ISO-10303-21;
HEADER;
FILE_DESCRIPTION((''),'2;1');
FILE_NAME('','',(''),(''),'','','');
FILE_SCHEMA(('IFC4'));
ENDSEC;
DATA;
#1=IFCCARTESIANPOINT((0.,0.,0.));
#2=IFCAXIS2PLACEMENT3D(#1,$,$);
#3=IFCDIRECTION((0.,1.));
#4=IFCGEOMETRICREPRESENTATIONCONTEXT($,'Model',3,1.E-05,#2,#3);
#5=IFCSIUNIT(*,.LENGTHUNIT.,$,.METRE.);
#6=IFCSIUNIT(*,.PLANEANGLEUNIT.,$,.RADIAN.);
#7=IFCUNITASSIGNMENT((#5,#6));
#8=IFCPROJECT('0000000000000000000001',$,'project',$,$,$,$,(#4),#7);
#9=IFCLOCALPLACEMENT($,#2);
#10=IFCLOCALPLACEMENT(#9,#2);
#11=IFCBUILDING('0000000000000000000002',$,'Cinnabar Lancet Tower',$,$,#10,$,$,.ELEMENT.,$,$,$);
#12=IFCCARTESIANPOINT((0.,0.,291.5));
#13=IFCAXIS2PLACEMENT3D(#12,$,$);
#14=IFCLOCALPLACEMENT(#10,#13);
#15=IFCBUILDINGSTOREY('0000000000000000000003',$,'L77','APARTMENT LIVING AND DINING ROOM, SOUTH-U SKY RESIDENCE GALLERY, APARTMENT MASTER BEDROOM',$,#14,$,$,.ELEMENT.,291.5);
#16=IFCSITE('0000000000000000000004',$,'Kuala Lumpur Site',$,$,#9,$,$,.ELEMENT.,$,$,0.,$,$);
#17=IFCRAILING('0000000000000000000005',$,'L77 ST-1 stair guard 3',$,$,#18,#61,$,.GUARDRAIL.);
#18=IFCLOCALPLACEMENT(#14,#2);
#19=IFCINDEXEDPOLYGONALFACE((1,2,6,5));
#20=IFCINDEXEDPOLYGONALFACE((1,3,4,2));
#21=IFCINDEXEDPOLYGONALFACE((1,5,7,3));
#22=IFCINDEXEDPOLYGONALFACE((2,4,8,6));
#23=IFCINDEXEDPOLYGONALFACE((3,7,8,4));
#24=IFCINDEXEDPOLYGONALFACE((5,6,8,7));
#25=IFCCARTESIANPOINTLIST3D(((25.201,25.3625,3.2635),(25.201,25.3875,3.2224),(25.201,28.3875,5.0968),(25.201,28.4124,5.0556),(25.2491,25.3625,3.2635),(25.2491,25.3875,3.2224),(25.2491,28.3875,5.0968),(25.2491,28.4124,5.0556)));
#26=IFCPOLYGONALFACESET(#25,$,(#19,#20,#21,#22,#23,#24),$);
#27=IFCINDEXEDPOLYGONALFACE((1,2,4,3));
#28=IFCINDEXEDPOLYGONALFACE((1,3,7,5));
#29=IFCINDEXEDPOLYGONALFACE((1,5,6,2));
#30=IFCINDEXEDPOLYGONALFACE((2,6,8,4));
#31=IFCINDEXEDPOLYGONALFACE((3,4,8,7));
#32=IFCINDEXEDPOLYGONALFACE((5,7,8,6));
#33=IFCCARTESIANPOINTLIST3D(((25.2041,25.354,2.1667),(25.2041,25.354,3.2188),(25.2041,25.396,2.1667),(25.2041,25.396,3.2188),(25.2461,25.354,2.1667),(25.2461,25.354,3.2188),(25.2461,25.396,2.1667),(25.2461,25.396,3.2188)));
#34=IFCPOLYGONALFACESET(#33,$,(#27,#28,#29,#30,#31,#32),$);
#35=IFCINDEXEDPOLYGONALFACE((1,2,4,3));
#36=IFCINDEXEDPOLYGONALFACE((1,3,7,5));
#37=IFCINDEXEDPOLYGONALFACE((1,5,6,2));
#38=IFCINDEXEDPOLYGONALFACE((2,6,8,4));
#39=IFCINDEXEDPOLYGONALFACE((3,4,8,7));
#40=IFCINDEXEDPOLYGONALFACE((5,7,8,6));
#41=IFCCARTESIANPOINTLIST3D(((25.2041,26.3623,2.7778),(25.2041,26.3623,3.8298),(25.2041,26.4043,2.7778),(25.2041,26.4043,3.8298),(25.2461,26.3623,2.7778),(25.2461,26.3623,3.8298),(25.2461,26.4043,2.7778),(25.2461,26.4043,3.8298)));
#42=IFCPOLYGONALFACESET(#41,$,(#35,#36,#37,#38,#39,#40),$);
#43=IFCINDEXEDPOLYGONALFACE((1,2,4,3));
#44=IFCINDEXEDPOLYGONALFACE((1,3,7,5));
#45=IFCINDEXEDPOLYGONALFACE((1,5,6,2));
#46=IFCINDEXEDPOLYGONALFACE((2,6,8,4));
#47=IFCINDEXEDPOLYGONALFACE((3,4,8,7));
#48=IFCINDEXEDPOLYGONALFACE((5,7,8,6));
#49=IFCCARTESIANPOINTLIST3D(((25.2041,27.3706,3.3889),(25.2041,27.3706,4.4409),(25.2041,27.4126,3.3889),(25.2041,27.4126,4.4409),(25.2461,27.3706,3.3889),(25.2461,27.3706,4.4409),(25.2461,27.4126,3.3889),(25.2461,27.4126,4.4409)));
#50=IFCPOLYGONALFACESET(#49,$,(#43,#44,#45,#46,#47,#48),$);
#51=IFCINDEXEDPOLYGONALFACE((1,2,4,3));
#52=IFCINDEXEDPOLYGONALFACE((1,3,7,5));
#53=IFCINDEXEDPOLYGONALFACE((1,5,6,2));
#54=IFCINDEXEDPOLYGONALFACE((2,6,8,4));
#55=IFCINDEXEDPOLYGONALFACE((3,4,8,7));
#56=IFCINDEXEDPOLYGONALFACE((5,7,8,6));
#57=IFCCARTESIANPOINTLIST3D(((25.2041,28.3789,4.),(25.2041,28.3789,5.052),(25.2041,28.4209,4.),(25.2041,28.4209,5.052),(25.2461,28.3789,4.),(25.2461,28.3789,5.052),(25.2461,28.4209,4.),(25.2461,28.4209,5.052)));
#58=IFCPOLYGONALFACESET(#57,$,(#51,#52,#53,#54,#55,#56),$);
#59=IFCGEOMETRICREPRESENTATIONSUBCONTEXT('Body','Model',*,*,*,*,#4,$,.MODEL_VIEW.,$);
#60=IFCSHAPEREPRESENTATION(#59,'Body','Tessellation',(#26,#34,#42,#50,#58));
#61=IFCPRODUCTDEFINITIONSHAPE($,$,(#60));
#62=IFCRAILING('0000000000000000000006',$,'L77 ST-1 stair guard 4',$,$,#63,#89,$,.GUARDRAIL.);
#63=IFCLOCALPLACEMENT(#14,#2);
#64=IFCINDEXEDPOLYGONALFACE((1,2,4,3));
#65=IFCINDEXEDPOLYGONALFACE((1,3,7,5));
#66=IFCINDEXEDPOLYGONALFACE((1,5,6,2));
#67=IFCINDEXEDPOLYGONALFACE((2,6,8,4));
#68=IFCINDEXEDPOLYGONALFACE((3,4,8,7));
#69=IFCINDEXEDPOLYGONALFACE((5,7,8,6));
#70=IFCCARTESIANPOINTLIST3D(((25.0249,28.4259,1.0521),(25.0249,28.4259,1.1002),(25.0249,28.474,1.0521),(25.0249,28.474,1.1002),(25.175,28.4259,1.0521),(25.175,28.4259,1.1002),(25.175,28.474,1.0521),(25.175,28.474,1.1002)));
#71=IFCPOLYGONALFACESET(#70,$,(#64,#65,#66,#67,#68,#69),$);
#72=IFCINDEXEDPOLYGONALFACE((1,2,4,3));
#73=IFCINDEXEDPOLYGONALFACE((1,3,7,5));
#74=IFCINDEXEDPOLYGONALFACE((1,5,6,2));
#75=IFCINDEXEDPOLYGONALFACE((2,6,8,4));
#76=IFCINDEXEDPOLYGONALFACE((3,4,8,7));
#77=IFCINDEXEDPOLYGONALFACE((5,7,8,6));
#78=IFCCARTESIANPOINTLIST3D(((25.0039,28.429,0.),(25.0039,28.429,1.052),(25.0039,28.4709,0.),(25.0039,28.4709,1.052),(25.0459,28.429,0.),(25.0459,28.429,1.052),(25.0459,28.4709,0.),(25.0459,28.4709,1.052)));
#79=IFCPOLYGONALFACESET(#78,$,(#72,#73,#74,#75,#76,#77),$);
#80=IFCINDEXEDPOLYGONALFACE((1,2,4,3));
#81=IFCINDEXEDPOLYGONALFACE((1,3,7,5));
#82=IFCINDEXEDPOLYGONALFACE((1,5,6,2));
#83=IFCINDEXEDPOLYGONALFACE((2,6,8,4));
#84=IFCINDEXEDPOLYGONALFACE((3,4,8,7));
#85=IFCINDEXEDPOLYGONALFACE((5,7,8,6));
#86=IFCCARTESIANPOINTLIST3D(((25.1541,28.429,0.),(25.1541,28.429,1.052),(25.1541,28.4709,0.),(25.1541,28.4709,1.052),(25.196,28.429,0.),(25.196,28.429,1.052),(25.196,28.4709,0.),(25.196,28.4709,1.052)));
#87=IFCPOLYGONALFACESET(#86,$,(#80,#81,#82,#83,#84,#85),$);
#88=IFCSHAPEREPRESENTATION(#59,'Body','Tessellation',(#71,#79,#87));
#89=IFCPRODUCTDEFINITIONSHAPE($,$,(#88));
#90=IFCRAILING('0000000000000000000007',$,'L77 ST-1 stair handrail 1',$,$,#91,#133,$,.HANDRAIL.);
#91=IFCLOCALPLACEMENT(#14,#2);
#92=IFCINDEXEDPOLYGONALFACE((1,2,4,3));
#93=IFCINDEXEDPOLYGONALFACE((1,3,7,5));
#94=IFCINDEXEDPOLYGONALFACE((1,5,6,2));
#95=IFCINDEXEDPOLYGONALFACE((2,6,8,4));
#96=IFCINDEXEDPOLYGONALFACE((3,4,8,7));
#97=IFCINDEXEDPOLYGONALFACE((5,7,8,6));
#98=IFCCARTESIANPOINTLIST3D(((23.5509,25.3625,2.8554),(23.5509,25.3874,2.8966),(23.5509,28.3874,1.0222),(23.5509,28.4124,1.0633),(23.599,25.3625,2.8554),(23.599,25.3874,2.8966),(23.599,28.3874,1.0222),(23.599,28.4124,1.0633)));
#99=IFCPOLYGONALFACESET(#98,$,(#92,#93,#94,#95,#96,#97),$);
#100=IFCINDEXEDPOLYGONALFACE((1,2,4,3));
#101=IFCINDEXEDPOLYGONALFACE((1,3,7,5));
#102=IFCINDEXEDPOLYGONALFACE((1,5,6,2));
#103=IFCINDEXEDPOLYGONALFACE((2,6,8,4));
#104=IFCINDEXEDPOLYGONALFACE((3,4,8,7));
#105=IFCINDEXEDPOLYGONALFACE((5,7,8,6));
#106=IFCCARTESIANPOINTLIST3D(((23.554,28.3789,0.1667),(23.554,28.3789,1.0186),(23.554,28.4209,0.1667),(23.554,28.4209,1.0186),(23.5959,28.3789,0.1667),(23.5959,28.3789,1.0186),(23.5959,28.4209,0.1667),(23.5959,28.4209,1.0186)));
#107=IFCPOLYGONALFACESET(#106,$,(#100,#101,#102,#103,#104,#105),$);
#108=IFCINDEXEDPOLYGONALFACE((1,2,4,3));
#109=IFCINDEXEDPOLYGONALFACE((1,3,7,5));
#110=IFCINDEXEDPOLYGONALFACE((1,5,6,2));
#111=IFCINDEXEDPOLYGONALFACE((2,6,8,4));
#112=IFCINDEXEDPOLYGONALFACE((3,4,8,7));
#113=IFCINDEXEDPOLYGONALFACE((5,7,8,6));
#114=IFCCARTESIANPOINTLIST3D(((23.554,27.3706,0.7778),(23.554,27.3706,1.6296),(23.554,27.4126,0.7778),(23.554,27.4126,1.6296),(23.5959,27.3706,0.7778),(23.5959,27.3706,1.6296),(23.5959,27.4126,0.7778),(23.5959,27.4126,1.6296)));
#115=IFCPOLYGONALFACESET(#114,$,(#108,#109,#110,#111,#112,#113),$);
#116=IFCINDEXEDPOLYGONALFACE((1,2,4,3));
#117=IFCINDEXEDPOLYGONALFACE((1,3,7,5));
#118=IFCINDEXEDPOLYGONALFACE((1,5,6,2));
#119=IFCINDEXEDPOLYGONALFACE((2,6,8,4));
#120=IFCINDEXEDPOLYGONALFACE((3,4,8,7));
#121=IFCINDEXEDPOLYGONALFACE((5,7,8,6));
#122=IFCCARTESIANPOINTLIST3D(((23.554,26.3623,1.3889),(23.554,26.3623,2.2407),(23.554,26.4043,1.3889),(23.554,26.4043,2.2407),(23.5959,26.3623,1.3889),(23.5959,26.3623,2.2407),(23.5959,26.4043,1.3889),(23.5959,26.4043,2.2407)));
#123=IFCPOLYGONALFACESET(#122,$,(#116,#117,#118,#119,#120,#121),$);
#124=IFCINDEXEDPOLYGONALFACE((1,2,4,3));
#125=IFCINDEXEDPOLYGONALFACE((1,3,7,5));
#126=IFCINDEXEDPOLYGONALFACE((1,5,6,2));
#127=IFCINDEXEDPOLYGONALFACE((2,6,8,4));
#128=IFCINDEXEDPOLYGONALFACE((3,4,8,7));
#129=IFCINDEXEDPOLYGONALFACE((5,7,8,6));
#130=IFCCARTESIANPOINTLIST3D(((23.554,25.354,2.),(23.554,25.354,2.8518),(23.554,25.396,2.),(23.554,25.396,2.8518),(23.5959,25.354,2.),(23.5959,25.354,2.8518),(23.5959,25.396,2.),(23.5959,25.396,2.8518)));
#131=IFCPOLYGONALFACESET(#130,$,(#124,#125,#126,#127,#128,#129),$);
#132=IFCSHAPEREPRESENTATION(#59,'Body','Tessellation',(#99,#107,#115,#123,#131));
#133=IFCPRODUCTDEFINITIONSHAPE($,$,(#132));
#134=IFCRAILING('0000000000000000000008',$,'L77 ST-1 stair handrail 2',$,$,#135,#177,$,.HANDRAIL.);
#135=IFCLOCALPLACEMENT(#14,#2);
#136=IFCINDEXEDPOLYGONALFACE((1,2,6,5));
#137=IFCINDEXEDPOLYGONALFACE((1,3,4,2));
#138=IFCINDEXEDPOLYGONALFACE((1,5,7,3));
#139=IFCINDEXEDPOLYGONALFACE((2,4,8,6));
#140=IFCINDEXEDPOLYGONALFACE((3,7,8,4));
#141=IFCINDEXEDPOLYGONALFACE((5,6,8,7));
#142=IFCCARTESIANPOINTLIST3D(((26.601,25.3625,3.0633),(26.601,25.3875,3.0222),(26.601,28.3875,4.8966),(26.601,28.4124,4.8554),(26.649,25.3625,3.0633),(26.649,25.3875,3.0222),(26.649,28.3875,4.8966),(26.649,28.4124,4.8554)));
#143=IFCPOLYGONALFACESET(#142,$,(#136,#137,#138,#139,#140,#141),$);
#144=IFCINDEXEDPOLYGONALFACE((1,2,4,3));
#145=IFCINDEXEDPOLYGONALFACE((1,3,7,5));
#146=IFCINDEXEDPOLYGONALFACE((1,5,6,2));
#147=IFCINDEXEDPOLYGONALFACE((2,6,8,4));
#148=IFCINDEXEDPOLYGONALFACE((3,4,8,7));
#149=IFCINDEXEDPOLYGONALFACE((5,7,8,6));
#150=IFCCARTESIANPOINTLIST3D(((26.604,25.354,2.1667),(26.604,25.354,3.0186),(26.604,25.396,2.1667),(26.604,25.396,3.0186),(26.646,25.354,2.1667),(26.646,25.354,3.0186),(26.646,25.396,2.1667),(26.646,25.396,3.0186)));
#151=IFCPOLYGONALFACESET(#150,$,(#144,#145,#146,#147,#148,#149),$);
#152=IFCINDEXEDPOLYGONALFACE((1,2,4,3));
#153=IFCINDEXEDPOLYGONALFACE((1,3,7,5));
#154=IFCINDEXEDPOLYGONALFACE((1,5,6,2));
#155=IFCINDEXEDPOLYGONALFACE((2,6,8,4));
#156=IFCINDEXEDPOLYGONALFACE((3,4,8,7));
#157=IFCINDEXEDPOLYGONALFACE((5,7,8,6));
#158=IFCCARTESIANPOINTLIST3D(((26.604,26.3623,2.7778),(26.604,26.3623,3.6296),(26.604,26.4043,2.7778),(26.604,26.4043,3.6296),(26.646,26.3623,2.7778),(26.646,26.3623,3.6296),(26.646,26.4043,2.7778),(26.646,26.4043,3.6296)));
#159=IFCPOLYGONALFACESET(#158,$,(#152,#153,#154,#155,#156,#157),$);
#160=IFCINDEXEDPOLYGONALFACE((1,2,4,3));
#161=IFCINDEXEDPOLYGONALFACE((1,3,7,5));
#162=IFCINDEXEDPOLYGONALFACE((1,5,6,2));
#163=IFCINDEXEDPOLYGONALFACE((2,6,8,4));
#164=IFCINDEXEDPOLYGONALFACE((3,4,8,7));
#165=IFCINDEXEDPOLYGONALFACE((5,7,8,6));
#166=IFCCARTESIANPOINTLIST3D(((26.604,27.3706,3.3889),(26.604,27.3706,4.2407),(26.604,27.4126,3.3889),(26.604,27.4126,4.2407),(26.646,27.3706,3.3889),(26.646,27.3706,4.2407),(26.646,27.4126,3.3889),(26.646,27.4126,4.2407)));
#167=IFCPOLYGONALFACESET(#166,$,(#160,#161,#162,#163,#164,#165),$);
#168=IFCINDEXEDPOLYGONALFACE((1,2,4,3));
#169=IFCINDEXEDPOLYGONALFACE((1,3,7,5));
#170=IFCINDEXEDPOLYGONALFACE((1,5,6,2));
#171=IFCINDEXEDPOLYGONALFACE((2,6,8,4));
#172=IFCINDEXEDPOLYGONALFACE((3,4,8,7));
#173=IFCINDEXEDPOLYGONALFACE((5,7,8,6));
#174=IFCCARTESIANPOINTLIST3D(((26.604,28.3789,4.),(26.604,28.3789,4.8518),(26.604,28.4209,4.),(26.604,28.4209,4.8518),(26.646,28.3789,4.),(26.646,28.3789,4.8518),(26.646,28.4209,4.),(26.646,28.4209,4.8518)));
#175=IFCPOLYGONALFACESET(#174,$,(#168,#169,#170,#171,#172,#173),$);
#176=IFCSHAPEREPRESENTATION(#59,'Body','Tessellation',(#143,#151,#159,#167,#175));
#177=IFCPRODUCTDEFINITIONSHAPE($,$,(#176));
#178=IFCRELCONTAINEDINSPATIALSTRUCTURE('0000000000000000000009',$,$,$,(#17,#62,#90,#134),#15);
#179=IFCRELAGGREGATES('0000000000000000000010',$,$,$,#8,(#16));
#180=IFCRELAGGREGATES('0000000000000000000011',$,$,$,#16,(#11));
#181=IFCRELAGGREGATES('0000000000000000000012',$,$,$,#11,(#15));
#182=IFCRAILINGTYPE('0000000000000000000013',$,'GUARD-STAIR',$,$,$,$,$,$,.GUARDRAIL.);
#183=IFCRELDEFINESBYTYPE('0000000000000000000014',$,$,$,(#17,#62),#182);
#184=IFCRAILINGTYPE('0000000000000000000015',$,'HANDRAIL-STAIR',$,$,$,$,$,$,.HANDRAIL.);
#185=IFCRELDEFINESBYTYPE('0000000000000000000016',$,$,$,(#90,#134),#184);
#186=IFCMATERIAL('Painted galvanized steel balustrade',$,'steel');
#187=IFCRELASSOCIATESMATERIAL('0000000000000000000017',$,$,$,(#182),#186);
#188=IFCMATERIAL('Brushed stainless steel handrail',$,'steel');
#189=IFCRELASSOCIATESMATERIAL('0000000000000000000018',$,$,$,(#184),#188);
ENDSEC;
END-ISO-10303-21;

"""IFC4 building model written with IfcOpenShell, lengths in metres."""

from ifc_helpers import new_model, si_unit, direction, frame, origin, origin_2d, place, context, subcontext, project, spatial, rectangle, extrude, material, type_object, element, save


model = new_model("IFC4")

# Units and contexts
model_context = context("Model", 3, precision=1e-05, world=origin(), true_north=direction((0.0, 1.0)))
body_context = subcontext(model_context, "Body", "Model", "MODEL_VIEW")
ifc_project = project(units=[si_unit("LENGTHUNIT", "METRE"), si_unit("PLANEANGLEUNIT", "RADIAN")], contexts=[model_context])

# Site, building, storey
site_placement = place(None, origin())
site = spatial("IfcSite", under=ifc_project, at=site_placement, Name="Kuala Lumpur Site", CompositionType="ELEMENT", RefElevation=0.0)
building_placement = place(site_placement, origin())
building = spatial("IfcBuilding", under=site, at=building_placement, Name="Cinnabar Lancet Tower", CompositionType="ELEMENT")
storey_placement = place(building_placement, frame((0.0, 0.0, 291.5)))
storey = spatial("IfcBuildingStorey", under=building, at=storey_placement, Name="L77", Description="APARTMENT LIVING AND DINING ROOM, SOUTH-U SKY RESIDENCE GALLERY, APARTMENT MASTER BEDROOM", CompositionType="ELEMENT", Elevation=291.5)

# Railings
ifc_material_1 = material(Name="Painted galvanized steel balustrade", Category="steel")
railing_type_1 = type_object("IfcRailingType", Name="GUARD-STAIR", PredefinedType="GUARDRAIL", material=ifc_material_1)
railing_1_placement = place(storey_placement, frame((25.2251, 25.375, 2.1667)))
element("IfcRailing", 1, at=railing_1_placement, inside=storey, type_object=railing_type_1, Name="L77 ST-1 stair guard 3", PredefinedType="GUARDRAIL", context=body_context, shape_type="SweptSolid", body=[
    extrude(rectangle(XDim=0.0481, YDim=0.0481, at=origin_2d()), frame((0.0, 0.0, 1.0762), z_axis=(0.0, 0.855201, 0.518297), x_axis=(-1.0, 0.0, 0.0)), (0.0, 0.0, 1.0), 3.5371),
    extrude(rectangle(XDim=0.042, YDim=0.042, at=origin_2d()), origin(), (0.0, 0.0, 1.0), 1.052),
    extrude(rectangle(XDim=0.042, YDim=0.042, at=origin_2d()), frame((0.0, 1.0083, 0.6111)), (0.0, 0.0, 1.0), 1.052),
    extrude(rectangle(XDim=0.042, YDim=0.042, at=origin_2d()), frame((0.0, 2.0166, 1.2222)), (0.0, 0.0, 1.0), 1.052),
    extrude(rectangle(XDim=0.042, YDim=0.042, at=origin_2d()), frame((0.0, 3.0249, 1.8333)), (0.0, 0.0, 1.0), 1.052),
])
railing_2_placement = place(storey_placement, frame((25.0249, 28.45, 0.0)))
element("IfcRailing", 2, at=railing_2_placement, inside=storey, type_object=railing_type_1, Name="L77 ST-1 stair guard 4", PredefinedType="GUARDRAIL", context=body_context, shape_type="SweptSolid", body=[
    extrude(rectangle(XDim=0.0481, YDim=0.0481, at=origin_2d()), frame((0.0, 0.0, 1.0762), z_axis=(1.0, 0.0, 0.0), x_axis=(0.0, 1.0, 0.0)), (0.0, 0.0, 1.0), 0.1501),
    extrude(rectangle(XDim=0.042, YDim=0.042, at=origin_2d()), origin(), (0.0, 0.0, 1.0), 1.052),
    extrude(rectangle(XDim=0.042, YDim=0.042, at=origin_2d()), frame((0.1501, 0.0, 0.0)), (0.0, 0.0, 1.0), 1.052),
])
ifc_material_2 = material(Name="Brushed stainless steel handrail", Category="steel")
railing_type_2 = type_object("IfcRailingType", Name="HANDRAIL-STAIR", PredefinedType="HANDRAIL", material=ifc_material_2)
railing_3_placement = place(storey_placement, frame((23.575, 28.3999, 0.1667)))
element("IfcRailing", 3, at=railing_3_placement, inside=storey, type_object=railing_type_2, Name="L77 ST-1 stair handrail 1", PredefinedType="HANDRAIL", context=body_context, shape_type="SweptSolid", body=[
    extrude(rectangle(XDim=0.0481, YDim=0.0481, at=origin_2d()), frame((0.0, 0.0, 0.876), z_axis=(0.0, -0.855201, 0.518297), x_axis=(1.0, 0.0, 0.0)), (0.0, 0.0, 1.0), 3.5371),
    extrude(rectangle(XDim=0.042, YDim=0.042, at=origin_2d()), origin(), (0.0, 0.0, 1.0), 0.8518),
    extrude(rectangle(XDim=0.042, YDim=0.042, at=origin_2d()), frame((0.0, -1.0083, 0.6111)), (0.0, 0.0, 1.0), 0.8518),
    extrude(rectangle(XDim=0.042, YDim=0.042, at=origin_2d()), frame((0.0, -2.0166, 1.2222)), (0.0, 0.0, 1.0), 0.8518),
    extrude(rectangle(XDim=0.042, YDim=0.042, at=origin_2d()), frame((0.0, -3.0249, 1.8333)), (0.0, 0.0, 1.0), 0.8518),
])
railing_4_placement = place(storey_placement, frame((26.625, 25.375, 2.1667)))
element("IfcRailing", 4, at=railing_4_placement, inside=storey, type_object=railing_type_2, Name="L77 ST-1 stair handrail 2", PredefinedType="HANDRAIL", context=body_context, shape_type="SweptSolid", body=[
    extrude(rectangle(XDim=0.0481, YDim=0.0481, at=origin_2d()), frame((0.0, 0.0, 0.876), z_axis=(0.0, 0.855201, 0.518297), x_axis=(-1.0, 0.0, 0.0)), (0.0, 0.0, 1.0), 3.5371),
    extrude(rectangle(XDim=0.042, YDim=0.042, at=origin_2d()), origin(), (0.0, 0.0, 1.0), 0.8518),
    extrude(rectangle(XDim=0.042, YDim=0.042, at=origin_2d()), frame((0.0, 1.0083, 0.6111)), (0.0, 0.0, 1.0), 0.8518),
    extrude(rectangle(XDim=0.042, YDim=0.042, at=origin_2d()), frame((0.0, 2.0166, 1.2222)), (0.0, 0.0, 1.0), 0.8518),
    extrude(rectangle(XDim=0.042, YDim=0.042, at=origin_2d()), frame((0.0, 3.0249, 1.8333)), (0.0, 0.0, 1.0), 0.8518),
])

save(model, "model.ifc")
